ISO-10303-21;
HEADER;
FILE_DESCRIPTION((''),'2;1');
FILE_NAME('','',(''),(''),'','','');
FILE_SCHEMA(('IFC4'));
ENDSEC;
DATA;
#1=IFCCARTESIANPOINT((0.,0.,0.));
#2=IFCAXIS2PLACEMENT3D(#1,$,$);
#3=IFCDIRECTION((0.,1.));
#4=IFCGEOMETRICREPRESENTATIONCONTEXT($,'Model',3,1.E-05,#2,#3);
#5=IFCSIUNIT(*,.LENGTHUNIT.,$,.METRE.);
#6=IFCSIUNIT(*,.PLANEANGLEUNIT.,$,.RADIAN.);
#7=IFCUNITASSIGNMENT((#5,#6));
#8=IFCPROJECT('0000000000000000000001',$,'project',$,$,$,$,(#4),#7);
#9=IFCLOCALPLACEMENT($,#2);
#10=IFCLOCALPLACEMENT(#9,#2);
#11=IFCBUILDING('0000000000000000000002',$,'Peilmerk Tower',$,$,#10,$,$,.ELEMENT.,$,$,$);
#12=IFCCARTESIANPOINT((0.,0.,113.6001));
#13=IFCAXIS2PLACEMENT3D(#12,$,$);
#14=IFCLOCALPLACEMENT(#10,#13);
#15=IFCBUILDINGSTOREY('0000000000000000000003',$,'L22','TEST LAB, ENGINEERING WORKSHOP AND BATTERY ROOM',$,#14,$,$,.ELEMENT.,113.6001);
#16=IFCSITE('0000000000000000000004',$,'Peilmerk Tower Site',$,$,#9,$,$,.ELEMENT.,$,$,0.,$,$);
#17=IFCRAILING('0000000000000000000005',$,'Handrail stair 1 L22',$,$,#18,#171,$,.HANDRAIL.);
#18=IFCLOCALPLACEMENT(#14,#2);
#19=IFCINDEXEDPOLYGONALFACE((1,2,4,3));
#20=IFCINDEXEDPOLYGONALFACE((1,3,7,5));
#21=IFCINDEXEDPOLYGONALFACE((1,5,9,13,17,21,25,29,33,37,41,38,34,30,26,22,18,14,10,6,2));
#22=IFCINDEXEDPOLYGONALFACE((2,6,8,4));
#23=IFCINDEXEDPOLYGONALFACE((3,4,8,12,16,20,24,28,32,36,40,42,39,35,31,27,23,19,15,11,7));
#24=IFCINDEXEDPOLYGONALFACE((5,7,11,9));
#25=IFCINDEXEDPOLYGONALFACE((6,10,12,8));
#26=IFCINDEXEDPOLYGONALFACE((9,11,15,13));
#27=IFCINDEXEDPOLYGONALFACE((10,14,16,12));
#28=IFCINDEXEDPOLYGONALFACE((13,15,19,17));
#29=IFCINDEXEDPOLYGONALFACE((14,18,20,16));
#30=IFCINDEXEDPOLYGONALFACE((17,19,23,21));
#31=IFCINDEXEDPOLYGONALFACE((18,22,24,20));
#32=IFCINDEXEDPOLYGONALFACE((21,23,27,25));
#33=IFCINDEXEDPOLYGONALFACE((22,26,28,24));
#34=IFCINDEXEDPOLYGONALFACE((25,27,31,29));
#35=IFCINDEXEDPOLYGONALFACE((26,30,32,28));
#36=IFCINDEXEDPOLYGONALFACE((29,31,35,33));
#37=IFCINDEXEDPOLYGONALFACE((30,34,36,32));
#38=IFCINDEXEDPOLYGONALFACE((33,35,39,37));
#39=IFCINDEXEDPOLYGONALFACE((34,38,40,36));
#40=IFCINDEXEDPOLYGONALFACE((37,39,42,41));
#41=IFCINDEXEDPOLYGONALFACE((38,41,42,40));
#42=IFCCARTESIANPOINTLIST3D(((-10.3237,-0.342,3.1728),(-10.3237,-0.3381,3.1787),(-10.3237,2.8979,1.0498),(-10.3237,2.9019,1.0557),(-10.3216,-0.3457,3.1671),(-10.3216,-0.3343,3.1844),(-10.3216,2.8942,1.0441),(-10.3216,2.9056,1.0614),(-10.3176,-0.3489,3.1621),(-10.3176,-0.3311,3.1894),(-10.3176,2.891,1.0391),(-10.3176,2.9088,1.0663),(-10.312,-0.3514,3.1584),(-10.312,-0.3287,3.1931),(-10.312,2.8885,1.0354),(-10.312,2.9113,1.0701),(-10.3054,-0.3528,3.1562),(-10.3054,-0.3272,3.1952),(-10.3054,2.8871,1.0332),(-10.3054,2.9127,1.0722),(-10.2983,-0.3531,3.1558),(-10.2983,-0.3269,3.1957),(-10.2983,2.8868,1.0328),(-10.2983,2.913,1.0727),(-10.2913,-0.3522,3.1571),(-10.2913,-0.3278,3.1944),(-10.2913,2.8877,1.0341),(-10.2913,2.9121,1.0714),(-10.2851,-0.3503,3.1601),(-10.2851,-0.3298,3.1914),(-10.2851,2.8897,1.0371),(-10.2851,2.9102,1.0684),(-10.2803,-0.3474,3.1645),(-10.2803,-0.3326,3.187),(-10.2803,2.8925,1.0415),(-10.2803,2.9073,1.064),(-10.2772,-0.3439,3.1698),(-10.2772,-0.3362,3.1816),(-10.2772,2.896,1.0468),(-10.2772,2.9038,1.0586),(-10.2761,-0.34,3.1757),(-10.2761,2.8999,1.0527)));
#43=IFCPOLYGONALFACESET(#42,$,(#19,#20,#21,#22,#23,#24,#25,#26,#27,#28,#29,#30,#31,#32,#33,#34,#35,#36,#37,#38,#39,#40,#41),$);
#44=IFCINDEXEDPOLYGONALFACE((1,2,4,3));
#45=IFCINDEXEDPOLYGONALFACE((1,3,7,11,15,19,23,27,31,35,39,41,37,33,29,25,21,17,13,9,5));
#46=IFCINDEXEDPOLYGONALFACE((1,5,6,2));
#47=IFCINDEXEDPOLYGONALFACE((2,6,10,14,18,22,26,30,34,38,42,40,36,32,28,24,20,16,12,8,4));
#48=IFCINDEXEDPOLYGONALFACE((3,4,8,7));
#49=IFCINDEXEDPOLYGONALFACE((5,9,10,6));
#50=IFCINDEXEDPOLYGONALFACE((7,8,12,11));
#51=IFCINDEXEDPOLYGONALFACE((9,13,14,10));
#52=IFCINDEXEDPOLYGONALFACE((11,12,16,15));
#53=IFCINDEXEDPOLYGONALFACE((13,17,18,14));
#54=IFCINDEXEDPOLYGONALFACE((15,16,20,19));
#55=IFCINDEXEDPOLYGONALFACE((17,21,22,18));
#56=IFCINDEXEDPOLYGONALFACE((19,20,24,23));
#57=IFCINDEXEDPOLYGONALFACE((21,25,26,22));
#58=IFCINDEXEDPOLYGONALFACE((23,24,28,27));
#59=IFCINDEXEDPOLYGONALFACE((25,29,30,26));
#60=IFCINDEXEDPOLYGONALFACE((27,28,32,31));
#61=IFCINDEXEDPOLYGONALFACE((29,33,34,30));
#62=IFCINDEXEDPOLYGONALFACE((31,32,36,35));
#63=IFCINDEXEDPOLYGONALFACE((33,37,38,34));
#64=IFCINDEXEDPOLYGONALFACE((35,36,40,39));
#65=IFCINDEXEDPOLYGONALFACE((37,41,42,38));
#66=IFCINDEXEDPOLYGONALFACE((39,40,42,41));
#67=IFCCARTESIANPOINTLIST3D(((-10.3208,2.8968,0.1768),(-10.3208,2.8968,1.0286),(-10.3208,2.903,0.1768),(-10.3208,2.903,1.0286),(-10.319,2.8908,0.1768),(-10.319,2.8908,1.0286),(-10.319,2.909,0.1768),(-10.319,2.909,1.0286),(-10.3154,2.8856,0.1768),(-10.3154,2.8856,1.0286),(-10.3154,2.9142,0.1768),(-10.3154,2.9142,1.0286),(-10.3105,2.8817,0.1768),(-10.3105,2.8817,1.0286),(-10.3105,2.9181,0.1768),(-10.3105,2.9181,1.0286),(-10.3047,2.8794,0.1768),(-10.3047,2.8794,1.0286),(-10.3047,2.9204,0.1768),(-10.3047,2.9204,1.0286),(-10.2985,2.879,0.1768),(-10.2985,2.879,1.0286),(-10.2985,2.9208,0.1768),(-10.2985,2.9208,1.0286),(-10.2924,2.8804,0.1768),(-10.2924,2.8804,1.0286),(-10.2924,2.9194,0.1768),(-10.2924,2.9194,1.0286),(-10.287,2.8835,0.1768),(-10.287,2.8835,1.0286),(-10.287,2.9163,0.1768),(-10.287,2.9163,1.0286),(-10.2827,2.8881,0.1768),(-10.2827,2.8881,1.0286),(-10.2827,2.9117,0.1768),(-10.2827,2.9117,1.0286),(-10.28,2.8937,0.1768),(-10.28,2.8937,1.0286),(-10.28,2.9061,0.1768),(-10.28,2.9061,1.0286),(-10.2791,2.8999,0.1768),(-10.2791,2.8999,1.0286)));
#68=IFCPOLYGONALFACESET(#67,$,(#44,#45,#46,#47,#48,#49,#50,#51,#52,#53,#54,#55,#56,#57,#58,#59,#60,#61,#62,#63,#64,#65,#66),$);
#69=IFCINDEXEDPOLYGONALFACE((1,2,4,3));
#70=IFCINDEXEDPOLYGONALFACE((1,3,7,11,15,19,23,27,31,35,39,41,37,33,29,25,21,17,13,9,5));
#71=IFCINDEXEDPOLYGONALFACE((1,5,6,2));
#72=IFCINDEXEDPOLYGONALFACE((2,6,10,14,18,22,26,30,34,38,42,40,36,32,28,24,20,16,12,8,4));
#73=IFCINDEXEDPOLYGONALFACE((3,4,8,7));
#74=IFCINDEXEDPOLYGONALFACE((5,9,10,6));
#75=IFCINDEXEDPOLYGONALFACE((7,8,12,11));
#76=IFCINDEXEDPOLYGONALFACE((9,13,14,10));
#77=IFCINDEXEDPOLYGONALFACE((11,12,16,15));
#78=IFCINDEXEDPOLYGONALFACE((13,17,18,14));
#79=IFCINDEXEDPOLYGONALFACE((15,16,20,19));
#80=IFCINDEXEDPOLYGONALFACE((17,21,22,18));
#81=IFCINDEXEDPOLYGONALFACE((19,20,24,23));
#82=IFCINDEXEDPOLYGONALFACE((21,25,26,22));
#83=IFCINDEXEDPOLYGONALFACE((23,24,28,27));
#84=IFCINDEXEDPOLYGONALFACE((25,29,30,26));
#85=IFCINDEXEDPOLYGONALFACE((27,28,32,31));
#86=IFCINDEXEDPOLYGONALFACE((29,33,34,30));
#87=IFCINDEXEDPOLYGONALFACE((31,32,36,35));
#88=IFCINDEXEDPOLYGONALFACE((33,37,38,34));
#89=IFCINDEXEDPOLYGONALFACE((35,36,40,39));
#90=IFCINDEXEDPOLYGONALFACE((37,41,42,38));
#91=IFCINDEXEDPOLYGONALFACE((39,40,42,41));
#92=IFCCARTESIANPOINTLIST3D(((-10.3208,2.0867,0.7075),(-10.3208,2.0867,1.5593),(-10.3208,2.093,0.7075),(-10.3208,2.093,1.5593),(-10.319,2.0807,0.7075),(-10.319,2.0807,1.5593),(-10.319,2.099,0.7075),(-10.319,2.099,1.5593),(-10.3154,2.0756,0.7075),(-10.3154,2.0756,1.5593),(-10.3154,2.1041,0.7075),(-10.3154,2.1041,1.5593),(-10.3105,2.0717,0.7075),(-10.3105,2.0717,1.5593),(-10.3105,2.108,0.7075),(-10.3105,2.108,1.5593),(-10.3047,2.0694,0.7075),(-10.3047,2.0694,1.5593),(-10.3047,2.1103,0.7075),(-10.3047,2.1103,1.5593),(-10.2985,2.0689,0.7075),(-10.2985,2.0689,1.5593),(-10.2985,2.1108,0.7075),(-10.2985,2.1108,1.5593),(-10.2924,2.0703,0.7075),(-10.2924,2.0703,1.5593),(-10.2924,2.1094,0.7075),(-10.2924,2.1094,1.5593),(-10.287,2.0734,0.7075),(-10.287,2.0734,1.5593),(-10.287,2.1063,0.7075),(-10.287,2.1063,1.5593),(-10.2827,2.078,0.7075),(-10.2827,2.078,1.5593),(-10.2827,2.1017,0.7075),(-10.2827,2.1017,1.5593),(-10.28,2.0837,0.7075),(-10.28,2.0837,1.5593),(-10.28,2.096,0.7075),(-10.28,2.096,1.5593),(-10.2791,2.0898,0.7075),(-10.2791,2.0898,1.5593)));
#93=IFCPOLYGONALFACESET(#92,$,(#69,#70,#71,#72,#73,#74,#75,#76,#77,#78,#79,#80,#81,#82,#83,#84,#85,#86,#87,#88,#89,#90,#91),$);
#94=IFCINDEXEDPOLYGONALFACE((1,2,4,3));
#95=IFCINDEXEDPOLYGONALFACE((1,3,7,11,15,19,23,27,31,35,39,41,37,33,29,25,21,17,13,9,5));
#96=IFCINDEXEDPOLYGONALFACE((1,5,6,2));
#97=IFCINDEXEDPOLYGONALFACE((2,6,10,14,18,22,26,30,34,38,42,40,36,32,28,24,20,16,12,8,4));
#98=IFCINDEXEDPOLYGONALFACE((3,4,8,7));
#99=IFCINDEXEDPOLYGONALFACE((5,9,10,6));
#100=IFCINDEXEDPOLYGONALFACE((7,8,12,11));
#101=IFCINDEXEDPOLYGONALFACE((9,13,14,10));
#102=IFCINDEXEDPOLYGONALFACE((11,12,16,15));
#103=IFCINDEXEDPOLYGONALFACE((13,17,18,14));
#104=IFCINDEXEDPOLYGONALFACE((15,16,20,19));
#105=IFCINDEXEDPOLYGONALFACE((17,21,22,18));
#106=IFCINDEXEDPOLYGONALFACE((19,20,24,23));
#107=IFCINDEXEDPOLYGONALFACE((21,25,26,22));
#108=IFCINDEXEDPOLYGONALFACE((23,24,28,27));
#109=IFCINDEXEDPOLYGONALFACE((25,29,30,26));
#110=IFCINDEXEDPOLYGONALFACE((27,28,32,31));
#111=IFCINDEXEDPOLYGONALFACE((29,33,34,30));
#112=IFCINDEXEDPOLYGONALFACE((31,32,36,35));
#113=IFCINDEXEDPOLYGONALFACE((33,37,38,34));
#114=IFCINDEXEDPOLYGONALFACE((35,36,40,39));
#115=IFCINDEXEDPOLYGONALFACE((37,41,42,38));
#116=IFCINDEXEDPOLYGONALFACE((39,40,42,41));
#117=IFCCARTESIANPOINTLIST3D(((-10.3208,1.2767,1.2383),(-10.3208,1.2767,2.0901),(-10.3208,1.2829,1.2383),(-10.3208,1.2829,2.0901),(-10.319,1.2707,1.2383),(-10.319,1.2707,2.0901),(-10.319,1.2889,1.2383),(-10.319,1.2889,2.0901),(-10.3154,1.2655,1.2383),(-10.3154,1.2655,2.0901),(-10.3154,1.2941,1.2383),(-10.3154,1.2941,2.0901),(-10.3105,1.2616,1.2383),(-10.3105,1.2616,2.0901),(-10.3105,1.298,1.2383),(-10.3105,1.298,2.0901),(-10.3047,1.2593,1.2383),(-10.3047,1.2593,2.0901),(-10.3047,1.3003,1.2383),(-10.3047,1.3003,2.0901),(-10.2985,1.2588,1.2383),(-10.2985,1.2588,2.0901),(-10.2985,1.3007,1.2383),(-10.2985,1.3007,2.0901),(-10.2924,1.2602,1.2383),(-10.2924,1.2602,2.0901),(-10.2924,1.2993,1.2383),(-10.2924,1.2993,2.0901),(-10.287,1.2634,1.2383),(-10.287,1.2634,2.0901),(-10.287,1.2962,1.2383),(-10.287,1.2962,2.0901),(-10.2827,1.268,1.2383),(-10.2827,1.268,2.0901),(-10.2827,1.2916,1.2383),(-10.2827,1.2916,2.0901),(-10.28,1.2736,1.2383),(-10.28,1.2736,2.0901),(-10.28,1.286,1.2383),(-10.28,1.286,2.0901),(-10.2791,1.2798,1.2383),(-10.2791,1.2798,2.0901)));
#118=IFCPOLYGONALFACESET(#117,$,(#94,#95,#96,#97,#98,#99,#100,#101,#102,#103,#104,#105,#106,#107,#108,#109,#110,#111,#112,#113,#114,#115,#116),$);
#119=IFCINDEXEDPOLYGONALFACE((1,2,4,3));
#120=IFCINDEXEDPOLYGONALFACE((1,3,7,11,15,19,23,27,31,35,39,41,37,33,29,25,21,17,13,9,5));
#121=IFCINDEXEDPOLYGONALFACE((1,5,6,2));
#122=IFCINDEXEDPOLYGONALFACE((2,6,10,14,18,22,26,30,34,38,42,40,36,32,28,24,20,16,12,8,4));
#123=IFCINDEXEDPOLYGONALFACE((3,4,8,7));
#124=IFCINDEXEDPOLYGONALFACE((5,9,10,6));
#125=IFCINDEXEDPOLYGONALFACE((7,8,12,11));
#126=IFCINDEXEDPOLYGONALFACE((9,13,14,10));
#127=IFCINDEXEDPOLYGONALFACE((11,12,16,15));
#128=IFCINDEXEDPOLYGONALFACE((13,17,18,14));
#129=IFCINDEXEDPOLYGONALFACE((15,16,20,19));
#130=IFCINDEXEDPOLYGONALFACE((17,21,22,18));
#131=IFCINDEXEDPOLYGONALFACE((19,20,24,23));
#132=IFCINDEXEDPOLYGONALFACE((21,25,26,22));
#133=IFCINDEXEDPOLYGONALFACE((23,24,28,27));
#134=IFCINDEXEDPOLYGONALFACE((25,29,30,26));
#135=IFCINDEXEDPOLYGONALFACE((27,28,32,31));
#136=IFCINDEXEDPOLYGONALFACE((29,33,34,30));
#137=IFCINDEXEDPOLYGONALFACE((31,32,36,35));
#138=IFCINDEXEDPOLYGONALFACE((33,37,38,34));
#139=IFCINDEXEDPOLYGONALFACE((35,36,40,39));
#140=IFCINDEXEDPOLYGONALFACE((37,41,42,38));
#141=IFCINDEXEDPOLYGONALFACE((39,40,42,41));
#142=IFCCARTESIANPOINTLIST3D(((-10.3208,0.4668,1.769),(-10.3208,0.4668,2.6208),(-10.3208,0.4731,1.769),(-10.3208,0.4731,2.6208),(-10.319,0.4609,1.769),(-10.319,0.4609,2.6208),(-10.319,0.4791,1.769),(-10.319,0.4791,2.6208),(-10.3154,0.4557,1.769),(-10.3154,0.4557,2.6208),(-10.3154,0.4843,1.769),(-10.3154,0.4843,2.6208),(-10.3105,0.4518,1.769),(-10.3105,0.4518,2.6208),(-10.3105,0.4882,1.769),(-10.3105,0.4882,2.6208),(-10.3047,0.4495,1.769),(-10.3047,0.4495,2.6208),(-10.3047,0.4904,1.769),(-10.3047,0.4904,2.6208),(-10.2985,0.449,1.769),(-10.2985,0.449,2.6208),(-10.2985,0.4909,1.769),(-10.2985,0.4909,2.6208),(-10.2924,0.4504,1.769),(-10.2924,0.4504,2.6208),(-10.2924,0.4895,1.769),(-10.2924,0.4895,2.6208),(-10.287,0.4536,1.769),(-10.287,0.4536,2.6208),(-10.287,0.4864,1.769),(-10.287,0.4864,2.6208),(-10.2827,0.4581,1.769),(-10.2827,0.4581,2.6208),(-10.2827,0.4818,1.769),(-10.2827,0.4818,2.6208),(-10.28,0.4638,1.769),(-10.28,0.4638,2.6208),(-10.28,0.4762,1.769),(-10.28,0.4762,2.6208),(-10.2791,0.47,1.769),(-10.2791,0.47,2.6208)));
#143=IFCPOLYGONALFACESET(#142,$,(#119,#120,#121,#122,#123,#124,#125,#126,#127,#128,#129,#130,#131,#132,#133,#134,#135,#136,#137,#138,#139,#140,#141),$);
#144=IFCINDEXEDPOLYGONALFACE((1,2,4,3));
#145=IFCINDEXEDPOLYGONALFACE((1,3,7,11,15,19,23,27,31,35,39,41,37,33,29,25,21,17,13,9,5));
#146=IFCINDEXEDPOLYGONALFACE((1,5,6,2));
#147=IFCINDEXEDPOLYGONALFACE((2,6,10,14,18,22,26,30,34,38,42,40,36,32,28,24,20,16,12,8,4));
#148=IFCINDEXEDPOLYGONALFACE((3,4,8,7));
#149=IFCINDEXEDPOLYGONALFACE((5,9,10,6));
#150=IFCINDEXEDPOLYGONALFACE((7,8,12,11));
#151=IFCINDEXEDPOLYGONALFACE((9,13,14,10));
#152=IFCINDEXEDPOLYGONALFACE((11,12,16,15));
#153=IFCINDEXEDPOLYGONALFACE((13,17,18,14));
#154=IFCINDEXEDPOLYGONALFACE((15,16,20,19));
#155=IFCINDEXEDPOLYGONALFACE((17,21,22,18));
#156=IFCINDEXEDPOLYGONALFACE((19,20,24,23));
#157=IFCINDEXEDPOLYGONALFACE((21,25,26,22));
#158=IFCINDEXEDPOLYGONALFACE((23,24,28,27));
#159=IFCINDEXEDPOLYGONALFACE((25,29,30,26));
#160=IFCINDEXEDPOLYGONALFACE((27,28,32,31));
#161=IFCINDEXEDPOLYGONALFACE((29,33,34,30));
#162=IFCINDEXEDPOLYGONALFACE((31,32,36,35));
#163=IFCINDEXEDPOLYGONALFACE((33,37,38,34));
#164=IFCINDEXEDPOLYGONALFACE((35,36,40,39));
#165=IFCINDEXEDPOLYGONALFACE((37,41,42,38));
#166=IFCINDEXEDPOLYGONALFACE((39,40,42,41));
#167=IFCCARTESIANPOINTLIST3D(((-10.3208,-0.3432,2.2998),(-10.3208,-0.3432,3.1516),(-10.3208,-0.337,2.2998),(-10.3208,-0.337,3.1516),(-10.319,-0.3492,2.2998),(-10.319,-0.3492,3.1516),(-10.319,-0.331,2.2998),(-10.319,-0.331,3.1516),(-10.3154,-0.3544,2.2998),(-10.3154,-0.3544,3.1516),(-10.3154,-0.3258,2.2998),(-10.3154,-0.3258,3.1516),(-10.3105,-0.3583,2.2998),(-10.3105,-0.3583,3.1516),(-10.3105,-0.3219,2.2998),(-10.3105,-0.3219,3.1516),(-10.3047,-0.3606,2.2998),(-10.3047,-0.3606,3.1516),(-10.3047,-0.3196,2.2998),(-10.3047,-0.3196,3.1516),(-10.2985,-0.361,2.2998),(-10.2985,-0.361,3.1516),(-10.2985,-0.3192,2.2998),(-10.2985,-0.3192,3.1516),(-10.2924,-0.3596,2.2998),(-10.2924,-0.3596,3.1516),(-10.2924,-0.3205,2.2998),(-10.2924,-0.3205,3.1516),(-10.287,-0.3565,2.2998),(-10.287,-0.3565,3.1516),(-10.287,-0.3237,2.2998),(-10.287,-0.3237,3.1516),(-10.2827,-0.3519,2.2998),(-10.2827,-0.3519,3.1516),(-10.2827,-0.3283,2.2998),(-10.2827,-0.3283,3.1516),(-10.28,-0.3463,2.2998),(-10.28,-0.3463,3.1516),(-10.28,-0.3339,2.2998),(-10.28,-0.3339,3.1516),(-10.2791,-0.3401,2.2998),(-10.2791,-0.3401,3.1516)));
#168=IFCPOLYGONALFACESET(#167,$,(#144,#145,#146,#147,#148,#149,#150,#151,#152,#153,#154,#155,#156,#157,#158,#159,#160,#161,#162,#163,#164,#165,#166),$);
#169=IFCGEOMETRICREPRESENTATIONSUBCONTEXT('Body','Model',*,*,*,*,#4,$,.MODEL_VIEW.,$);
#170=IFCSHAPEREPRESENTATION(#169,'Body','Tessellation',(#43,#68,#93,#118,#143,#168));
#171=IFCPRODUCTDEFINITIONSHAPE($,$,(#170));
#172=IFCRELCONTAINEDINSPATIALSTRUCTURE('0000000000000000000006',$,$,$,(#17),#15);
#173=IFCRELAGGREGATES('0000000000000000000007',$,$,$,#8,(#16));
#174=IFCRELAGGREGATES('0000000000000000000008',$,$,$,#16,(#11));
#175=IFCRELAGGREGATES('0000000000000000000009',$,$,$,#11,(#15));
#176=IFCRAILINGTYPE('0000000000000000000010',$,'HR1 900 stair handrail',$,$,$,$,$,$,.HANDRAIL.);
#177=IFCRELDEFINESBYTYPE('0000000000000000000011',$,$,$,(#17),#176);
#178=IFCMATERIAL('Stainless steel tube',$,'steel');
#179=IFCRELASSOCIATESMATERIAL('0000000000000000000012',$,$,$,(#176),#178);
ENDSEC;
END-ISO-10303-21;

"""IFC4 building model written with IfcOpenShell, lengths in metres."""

from ifc_helpers import new_model, si_unit, direction, frame, origin, origin_2d, place, context, subcontext, project, spatial, circle, extrude, material, type_object, element, save


model = new_model("IFC4")

# Units and contexts
model_context = context("Model", 3, precision=1e-05, world=origin(), true_north=direction((0.0, 1.0)))
body_context = subcontext(model_context, "Body", "Model", "MODEL_VIEW")
ifc_project = project(units=[si_unit("LENGTHUNIT", "METRE"), si_unit("PLANEANGLEUNIT", "RADIAN")], contexts=[model_context])

# Site, building, storey
site_placement = place(None, origin())
site = spatial("IfcSite", under=ifc_project, at=site_placement, Name="Peilmerk Tower Site", CompositionType="ELEMENT", RefElevation=0.0)
building_placement = place(site_placement, origin())
building = spatial("IfcBuilding", under=site, at=building_placement, Name="Peilmerk Tower", CompositionType="ELEMENT")
storey_placement = place(building_placement, frame((0.0, 0.0, 113.6001)))
storey = spatial("IfcBuildingStorey", under=building, at=storey_placement, Name="L22", Description="TEST LAB, ENGINEERING WORKSHOP AND BATTERY ROOM", CompositionType="ELEMENT", Elevation=113.6001)

# Railing
ifc_material_1 = material(Name="Stainless steel tube", Category="steel")
railing_type_1 = type_object("IfcRailingType", Name="HR1 900 stair handrail", PredefinedType="HANDRAIL", material=ifc_material_1)
railing_1_placement = place(storey_placement, frame((-10.3, 2.8999, 0.1768)))
element("IfcRailing", 1, at=railing_1_placement, inside=storey, type_object=railing_type_1, Name="Handrail stair 1 L22", PredefinedType="HANDRAIL", context=body_context, shape_type="SweptSolid", body=[
    extrude(circle(Radius=0.0239, at=origin_2d()), frame((0.0, 0.0, 0.876), z_axis=(0.0, -0.836426, 0.548079), x_axis=(1.0, 0.0, 0.0)), (0.0, 0.0, 1.0), 3.8735),
    extrude(circle(Radius=0.021, at=origin_2d()), origin(), (0.0, 0.0, 1.0), 0.8518),
    extrude(circle(Radius=0.021, at=origin_2d()), frame((0.0, -0.8101, 0.5308)), (0.0, 0.0, 1.0), 0.8518),
    extrude(circle(Radius=0.021, at=origin_2d()), frame((0.0, -1.6201, 1.0615)), (0.0, 0.0, 1.0), 0.8518),
    extrude(circle(Radius=0.021, at=origin_2d()), frame((0.0, -2.4299, 1.5923)), (0.0, 0.0, 1.0), 0.8518),
    extrude(circle(Radius=0.021, at=origin_2d()), frame((0.0, -3.24, 2.123)), (0.0, 0.0, 1.0), 0.8518),
])

save(model, "model.ifc")
